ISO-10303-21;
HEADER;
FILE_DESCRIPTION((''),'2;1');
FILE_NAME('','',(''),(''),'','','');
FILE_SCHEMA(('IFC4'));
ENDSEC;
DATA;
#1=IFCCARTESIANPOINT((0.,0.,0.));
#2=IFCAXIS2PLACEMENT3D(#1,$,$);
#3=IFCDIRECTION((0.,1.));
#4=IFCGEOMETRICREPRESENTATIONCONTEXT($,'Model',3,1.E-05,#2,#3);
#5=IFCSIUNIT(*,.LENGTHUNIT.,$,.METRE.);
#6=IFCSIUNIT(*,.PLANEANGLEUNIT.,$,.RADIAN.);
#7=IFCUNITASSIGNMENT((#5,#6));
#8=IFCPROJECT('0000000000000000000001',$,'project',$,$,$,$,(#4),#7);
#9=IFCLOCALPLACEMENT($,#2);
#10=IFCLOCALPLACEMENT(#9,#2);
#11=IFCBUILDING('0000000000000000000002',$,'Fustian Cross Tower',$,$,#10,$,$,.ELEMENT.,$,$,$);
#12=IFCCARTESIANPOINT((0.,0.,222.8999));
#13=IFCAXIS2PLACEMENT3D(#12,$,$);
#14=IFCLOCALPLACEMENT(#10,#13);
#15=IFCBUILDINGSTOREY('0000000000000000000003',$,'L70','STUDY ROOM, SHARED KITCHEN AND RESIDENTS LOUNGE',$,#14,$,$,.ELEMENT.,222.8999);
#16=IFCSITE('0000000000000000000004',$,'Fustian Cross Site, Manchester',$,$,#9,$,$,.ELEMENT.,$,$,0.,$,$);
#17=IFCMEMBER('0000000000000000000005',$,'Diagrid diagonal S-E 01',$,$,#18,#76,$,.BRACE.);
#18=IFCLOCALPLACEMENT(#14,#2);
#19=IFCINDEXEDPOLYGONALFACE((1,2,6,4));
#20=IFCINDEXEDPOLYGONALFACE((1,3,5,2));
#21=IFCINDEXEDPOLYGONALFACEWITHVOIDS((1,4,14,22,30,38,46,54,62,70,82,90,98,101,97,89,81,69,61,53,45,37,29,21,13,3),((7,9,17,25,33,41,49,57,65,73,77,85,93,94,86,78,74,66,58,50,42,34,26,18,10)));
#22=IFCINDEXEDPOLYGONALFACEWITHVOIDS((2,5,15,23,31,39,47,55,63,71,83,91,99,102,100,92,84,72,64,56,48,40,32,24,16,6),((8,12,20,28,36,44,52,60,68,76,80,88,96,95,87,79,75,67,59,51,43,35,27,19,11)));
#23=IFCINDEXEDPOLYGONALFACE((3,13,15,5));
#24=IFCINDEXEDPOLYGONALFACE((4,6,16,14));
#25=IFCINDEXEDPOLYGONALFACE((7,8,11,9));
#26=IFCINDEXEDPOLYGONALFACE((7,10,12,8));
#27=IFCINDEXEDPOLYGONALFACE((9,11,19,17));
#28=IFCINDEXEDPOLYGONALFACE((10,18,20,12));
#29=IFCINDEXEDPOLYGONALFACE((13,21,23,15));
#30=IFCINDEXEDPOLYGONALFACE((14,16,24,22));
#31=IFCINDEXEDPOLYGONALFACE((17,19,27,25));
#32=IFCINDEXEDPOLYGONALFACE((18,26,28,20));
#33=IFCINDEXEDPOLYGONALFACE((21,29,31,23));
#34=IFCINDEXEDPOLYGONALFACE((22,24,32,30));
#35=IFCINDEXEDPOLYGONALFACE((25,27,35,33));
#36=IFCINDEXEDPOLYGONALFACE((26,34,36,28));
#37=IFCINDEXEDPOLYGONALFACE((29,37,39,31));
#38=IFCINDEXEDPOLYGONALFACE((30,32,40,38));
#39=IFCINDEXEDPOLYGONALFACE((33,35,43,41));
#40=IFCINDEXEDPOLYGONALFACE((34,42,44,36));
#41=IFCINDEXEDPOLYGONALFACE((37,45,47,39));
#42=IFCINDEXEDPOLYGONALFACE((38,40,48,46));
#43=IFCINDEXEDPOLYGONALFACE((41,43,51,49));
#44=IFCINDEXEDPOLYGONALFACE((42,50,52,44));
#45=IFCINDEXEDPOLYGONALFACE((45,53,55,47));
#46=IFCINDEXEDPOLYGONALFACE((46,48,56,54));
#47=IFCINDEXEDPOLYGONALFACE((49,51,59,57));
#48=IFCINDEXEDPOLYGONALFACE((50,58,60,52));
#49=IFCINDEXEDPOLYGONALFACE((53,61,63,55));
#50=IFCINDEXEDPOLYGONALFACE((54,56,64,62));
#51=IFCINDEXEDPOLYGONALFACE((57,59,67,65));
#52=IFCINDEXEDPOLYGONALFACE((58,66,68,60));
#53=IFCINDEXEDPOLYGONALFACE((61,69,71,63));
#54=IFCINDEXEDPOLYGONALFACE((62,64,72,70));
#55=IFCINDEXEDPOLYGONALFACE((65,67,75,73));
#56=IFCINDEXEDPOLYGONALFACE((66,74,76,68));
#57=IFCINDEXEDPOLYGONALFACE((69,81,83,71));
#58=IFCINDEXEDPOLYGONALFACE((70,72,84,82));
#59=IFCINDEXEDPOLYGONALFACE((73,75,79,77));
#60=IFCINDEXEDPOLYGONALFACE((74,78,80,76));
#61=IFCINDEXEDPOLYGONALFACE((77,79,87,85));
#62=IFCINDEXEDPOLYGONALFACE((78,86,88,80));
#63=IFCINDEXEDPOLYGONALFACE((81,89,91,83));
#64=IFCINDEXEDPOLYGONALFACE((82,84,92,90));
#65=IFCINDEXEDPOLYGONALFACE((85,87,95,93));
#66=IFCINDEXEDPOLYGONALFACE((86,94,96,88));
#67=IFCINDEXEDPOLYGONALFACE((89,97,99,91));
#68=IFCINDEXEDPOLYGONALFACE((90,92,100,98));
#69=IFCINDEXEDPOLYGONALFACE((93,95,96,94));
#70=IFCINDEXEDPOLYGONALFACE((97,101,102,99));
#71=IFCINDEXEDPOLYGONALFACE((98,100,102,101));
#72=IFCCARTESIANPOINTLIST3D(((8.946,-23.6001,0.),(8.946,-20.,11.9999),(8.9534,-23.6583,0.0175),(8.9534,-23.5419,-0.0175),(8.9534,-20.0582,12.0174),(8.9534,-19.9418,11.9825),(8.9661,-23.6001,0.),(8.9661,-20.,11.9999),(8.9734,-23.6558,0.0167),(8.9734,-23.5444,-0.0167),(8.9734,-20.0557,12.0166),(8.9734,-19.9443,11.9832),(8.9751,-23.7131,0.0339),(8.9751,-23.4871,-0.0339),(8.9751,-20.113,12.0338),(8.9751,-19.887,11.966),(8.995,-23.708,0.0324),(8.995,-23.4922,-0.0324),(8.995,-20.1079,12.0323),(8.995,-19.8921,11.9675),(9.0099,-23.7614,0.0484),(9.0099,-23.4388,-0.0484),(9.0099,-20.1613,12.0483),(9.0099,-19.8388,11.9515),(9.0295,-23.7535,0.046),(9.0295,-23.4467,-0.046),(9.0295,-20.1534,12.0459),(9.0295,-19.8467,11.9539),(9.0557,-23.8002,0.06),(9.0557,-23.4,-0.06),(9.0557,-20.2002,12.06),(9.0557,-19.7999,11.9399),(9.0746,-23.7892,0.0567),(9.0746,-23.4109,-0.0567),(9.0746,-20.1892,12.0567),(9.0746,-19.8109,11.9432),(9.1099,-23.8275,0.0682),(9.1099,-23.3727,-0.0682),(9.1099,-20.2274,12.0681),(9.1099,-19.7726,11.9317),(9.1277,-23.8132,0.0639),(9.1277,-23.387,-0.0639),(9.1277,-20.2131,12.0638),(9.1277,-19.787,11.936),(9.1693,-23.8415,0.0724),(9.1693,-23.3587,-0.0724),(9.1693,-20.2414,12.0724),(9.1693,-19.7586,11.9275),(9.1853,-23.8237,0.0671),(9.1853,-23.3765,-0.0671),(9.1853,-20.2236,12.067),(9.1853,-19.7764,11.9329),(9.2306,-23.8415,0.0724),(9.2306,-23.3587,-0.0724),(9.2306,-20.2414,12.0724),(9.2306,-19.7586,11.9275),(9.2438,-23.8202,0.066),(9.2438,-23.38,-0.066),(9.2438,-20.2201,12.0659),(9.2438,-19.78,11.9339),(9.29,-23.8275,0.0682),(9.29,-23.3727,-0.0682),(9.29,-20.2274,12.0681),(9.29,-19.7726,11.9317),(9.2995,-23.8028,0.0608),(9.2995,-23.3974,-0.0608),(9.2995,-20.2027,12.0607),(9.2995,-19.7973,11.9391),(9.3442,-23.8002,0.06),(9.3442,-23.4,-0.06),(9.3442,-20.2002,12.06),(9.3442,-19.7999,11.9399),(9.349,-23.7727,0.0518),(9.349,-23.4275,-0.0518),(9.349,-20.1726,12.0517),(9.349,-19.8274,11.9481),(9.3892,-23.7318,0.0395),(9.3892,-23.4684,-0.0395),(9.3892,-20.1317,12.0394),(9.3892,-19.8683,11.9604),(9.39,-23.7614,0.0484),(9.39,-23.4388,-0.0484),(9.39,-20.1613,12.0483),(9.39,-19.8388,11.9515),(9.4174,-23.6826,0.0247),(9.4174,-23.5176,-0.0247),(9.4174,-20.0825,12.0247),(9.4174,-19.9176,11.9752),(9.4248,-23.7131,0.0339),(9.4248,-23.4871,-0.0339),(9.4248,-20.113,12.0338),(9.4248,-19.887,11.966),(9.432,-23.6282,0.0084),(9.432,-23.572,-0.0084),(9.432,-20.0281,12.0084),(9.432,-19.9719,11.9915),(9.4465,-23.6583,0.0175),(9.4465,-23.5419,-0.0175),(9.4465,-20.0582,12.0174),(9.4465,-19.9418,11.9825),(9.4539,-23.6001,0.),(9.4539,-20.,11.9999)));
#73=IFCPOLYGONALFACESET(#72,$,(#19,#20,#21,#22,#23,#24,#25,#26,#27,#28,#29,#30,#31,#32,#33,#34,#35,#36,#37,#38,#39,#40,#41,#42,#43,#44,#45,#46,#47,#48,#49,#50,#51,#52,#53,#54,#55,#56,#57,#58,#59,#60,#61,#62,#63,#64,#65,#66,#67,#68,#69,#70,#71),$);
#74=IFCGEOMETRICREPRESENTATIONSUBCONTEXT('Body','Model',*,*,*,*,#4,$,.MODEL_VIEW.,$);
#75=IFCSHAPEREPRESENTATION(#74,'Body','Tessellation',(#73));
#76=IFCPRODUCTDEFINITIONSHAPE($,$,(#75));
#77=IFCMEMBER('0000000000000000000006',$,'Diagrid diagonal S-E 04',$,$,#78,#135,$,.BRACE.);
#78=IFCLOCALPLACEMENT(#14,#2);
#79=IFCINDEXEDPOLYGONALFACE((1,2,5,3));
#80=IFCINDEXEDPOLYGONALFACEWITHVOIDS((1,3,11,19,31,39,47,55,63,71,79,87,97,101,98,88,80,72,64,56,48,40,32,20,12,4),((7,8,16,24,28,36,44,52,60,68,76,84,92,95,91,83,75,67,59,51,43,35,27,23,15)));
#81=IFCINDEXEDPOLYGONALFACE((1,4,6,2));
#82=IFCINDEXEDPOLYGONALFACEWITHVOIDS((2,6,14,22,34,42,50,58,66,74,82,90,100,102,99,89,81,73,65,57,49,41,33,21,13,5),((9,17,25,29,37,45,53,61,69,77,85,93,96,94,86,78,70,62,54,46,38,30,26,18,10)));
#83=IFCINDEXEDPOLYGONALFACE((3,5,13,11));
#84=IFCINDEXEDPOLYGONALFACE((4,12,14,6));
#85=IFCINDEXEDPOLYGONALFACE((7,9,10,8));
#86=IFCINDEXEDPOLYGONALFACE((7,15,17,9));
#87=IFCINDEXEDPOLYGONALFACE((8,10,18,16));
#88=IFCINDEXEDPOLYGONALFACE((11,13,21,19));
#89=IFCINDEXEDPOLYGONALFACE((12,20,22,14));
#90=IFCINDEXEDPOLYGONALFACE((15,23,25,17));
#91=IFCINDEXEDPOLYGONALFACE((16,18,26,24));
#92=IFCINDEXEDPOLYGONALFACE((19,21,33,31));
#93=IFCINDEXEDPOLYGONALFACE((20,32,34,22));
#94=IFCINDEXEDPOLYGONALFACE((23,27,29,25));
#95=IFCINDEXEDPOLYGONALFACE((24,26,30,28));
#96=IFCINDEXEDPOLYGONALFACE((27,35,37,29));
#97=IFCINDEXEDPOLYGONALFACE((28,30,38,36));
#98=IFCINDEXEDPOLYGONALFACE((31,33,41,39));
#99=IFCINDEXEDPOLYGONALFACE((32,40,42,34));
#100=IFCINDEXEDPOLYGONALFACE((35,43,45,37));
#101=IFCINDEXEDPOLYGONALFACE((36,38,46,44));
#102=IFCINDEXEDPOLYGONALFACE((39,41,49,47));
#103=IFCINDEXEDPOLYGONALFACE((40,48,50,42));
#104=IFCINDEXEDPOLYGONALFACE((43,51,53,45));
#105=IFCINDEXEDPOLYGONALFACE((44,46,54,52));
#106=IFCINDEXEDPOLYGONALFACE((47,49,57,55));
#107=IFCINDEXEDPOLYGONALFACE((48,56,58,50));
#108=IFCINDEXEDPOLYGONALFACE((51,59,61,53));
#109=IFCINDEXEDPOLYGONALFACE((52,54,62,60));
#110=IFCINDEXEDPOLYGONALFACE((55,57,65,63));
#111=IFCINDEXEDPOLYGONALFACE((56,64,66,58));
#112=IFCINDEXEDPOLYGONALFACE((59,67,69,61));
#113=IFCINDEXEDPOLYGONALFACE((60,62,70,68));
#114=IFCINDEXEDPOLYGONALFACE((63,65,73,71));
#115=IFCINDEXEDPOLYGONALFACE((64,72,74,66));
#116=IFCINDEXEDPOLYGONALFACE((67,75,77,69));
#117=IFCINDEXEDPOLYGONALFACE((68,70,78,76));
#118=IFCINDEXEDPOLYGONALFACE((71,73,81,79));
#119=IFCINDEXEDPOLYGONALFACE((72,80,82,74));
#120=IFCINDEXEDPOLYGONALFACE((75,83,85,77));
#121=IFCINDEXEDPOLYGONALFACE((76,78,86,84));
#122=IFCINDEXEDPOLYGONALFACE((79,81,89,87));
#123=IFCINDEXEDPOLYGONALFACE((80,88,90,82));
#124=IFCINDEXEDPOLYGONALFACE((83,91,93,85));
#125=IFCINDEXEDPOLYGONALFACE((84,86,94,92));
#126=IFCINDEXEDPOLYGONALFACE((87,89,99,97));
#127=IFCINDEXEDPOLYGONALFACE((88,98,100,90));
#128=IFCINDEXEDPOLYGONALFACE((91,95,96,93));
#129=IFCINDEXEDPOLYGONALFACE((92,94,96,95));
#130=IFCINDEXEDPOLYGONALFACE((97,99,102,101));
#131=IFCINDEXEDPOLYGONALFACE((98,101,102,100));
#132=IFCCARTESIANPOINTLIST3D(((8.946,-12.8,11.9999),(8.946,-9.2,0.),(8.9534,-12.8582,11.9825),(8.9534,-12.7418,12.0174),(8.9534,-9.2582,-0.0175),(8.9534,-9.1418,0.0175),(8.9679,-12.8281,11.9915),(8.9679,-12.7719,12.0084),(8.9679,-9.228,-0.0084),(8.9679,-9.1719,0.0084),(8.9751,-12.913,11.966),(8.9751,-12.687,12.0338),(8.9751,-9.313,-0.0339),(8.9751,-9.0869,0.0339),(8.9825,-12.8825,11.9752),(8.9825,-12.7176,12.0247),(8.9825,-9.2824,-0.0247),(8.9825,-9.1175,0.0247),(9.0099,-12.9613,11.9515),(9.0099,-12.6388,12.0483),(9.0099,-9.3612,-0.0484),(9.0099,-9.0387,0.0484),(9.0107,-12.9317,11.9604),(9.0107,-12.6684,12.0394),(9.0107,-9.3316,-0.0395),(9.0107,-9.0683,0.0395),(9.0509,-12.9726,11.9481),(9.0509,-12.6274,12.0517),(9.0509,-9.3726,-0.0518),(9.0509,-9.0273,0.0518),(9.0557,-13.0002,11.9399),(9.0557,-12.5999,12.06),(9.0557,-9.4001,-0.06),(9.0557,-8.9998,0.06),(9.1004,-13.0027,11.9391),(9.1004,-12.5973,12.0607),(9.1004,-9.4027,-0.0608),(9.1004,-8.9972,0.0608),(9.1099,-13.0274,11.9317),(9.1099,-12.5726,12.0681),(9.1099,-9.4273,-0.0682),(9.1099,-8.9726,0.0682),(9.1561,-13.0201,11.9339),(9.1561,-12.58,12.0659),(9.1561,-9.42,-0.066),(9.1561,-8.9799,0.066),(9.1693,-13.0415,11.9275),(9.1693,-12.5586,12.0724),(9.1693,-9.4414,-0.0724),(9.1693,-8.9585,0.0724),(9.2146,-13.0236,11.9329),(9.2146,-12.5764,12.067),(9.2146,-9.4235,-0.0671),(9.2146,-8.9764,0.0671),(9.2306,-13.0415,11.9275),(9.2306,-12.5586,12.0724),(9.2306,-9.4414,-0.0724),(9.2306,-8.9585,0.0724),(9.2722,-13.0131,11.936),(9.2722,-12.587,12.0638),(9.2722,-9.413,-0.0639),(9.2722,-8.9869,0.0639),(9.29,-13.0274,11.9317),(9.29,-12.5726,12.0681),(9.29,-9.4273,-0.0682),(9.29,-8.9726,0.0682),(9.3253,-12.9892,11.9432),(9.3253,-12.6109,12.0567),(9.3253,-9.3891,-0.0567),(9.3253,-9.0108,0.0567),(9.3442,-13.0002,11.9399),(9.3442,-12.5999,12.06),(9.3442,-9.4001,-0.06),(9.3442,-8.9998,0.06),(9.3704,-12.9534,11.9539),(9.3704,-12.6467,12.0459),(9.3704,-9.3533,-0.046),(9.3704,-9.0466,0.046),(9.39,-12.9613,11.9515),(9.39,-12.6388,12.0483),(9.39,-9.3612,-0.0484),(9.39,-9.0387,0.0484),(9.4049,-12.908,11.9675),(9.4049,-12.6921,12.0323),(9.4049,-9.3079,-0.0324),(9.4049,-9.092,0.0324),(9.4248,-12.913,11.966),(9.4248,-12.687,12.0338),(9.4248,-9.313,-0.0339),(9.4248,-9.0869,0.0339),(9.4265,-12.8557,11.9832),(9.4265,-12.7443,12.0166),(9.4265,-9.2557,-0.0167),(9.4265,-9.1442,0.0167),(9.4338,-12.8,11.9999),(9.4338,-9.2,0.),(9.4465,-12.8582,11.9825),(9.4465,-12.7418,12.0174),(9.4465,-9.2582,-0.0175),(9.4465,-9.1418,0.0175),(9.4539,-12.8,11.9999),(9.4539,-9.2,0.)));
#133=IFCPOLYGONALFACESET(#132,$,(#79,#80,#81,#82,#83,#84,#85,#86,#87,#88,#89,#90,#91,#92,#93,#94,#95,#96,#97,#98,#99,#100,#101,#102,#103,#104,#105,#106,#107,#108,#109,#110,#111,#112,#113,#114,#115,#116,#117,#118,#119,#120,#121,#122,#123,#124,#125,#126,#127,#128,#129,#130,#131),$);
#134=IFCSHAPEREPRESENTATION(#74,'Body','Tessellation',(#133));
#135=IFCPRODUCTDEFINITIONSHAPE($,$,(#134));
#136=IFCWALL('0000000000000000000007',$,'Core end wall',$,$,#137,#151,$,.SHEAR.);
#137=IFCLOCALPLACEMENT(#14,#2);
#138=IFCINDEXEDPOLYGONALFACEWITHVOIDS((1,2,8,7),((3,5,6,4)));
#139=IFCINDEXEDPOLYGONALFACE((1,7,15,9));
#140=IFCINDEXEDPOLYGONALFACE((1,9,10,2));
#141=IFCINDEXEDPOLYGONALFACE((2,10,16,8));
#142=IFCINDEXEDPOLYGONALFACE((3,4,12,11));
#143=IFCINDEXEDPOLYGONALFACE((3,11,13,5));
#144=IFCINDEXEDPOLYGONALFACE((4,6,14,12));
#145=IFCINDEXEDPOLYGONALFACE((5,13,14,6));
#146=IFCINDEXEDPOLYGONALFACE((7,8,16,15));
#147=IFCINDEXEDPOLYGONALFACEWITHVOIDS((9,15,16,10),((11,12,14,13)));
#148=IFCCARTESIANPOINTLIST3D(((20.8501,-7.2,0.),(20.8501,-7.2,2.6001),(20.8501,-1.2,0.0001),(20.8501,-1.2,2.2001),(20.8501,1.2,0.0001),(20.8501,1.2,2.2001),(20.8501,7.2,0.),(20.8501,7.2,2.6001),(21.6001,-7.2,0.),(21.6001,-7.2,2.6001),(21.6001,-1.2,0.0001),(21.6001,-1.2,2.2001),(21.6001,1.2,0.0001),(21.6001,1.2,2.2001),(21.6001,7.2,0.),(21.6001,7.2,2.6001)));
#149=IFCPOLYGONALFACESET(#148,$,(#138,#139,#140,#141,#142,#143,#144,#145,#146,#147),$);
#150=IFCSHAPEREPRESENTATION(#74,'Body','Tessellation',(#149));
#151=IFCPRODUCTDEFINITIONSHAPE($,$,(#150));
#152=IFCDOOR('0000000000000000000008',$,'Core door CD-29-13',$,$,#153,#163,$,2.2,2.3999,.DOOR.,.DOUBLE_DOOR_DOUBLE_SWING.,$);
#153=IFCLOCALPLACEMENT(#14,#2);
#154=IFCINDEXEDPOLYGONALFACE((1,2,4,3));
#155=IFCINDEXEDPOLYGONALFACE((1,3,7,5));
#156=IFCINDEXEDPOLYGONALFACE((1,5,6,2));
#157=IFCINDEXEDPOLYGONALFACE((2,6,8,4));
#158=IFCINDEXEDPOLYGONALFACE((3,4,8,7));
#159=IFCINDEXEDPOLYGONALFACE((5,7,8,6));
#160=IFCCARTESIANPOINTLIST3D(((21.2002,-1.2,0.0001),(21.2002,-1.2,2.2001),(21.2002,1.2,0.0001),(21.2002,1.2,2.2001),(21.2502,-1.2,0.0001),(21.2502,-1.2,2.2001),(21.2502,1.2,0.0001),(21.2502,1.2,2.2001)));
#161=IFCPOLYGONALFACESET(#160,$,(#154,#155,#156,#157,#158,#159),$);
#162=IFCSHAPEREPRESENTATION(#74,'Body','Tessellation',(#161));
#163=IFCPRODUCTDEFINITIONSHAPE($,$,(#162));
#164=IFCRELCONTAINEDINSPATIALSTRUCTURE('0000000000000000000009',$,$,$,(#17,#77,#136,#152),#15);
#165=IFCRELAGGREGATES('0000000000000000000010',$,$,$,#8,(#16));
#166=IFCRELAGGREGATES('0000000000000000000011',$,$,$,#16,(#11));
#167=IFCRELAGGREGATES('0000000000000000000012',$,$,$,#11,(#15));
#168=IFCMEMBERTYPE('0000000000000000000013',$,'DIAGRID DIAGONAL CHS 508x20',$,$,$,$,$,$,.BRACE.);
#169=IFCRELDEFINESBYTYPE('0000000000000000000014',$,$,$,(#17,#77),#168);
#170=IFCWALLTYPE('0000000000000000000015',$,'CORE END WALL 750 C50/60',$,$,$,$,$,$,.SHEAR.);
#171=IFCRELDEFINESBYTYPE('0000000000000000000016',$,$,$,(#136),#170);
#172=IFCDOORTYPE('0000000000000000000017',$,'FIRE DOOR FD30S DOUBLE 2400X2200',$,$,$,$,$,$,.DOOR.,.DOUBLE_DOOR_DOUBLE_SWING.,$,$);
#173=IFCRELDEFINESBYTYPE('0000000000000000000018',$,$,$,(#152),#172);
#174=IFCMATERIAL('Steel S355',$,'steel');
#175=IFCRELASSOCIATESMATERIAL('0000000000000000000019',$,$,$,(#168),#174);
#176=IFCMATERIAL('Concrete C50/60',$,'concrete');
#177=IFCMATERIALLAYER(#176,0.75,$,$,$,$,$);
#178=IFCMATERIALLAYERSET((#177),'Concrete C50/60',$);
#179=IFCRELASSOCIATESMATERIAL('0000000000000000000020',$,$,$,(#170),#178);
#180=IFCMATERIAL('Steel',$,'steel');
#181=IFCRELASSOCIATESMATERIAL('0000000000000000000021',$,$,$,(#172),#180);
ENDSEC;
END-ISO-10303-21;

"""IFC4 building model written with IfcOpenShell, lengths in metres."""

from ifc_helpers import new_model, si_unit, direction, frame, frame_2d, origin, origin_2d, place, context, subcontext, project, spatial, rectangle, hollow_circle, extrude, material, layer, layer_set, material_profile, profile_set, type_object, element, fill, save


model = new_model("IFC4")

# Units and contexts
model_context = context("Model", 3, precision=1e-05, world=origin(), true_north=direction((0.0, 1.0)))
body_context = subcontext(model_context, "Body", "Model", "MODEL_VIEW")
ifc_project = project(units=[si_unit("LENGTHUNIT", "METRE"), si_unit("PLANEANGLEUNIT", "RADIAN")], contexts=[model_context])

# Site, building, storey
site_placement = place(None, origin())
site = spatial("IfcSite", under=ifc_project, at=site_placement, Name="Fustian Cross Site, Manchester", CompositionType="ELEMENT", RefElevation=0.0)
building_placement = place(site_placement, origin())
building = spatial("IfcBuilding", under=site, at=building_placement, Name="Fustian Cross Tower", CompositionType="ELEMENT")
storey_placement = place(building_placement, frame((0.0, 0.0, 222.8999)))
storey = spatial("IfcBuildingStorey", under=building, at=storey_placement, Name="L70", Description="STUDY ROOM, SHARED KITCHEN AND RESIDENTS LOUNGE", CompositionType="ELEMENT", Elevation=222.8999)

# Members
ifc_material_1 = material(Name="Steel S355", Category="steel")
ifc_material_profile_1 = material_profile(ifc_material_1, hollow_circle(Radius=0.2539, WallThickness=0.02, at=origin_2d()), Name="CHS 508x20")
ifc_profile_set_1 = profile_set([ifc_material_profile_1], Name="Steel S355")
member_type_1 = type_object("IfcMemberType", Name="DIAGRID DIAGONAL CHS 508x20", PredefinedType="BRACE", material=ifc_profile_set_1)
for number, where, z_axis, x_axis, name in (
    (1, (9.2, -23.6001, 0.0), (0.0, 0.287355, 0.957824), (-1.0, 0.0, 0.0), "Diagrid diagonal S-E 01"),
    (2, (9.2, -9.2, 0.0), (0.0, -0.287355, 0.957824), (1.0, 0.0, 0.0), "Diagrid diagonal S-E 04"),
):
    element("IfcMember", number, at=place(storey_placement, frame(where, z_axis=z_axis, x_axis=x_axis)), inside=storey, type_object=member_type_1, Name=name, PredefinedType="BRACE", context=body_context, shape_type="SweptSolid", body=[
        extrude(hollow_circle(Radius=0.2539, WallThickness=0.02, at=origin_2d()), origin(), (0.0, 0.0, 1.0), 12.5283),
    ])

# Wall, opening, door
ifc_material_2 = material(Name="Concrete C50/60", Category="concrete")
ifc_layer_1 = layer(ifc_material_2, 0.75)
ifc_layer_set_1 = layer_set([ifc_layer_1], Name="Concrete C50/60")
wall_type_1 = type_object("IfcWallType", Name="CORE END WALL 750 C50/60", PredefinedType="SHEAR", material=ifc_layer_set_1)
wall_1_placement = place(storey_placement, frame((21.2251, -7.2, 0.0), z_axis=(0.0, 0.0, 1.0), x_axis=(0.0, 1.0, 0.0)))
wall_1 = element("IfcWall", 3, at=wall_1_placement, inside=storey, type_object=wall_type_1, Name="Core end wall", PredefinedType="SHEAR", context=body_context, shape_type="SweptSolid", body=[
    extrude(rectangle(XDim=14.3999, YDim=0.75, at=frame_2d((7.2, 0.0))), origin(), (0.0, 0.0, 1.0), 2.6001),
])
opening_1_placement = place(wall_1_placement, frame((6.0, 0.0, 0.0)))
opening_1 = element("IfcOpeningElement", 4, at=opening_1_placement, cuts=wall_1, PredefinedType="OPENING", context=body_context, shape_type="SweptSolid", body=[
    extrude(rectangle(XDim=2.3999, YDim=2.2, at=frame_2d((1.2, 1.1001))), frame((0.0, 0.385, 0.0), z_axis=(0.0, -1.0, 0.0), x_axis=(1.0, 0.0, 0.0)), (0.0, 0.0, 1.0), 0.77),
])
ifc_material_3 = material(Name="Steel", Category="steel")
door_type_1 = type_object("IfcDoorType", Name="FIRE DOOR FD30S DOUBLE 2400X2200", OperationType="DOUBLE_DOOR_DOUBLE_SWING", PredefinedType="DOOR", material=ifc_material_3)
door_1_placement = place(opening_1_placement, origin())
door_1 = element("IfcDoor", 5, at=door_1_placement, inside=storey, type_object=door_type_1, Name="Core door CD-29-13", OperationType="DOUBLE_DOOR_DOUBLE_SWING", OverallHeight=2.2, OverallWidth=2.3999, PredefinedType="DOOR", context=body_context, shape_type="SweptSolid", body=[
    extrude(rectangle(XDim=2.3999, YDim=2.2, at=frame_2d((1.2, 1.1001))), frame((0.0, 0.0249, 0.0), z_axis=(0.0, -1.0, 0.0), x_axis=(1.0, 0.0, 0.0)), (0.0, 0.0, 1.0), 0.05),
])
fill(opening_1, door_1)

save(model, "model.ifc")
